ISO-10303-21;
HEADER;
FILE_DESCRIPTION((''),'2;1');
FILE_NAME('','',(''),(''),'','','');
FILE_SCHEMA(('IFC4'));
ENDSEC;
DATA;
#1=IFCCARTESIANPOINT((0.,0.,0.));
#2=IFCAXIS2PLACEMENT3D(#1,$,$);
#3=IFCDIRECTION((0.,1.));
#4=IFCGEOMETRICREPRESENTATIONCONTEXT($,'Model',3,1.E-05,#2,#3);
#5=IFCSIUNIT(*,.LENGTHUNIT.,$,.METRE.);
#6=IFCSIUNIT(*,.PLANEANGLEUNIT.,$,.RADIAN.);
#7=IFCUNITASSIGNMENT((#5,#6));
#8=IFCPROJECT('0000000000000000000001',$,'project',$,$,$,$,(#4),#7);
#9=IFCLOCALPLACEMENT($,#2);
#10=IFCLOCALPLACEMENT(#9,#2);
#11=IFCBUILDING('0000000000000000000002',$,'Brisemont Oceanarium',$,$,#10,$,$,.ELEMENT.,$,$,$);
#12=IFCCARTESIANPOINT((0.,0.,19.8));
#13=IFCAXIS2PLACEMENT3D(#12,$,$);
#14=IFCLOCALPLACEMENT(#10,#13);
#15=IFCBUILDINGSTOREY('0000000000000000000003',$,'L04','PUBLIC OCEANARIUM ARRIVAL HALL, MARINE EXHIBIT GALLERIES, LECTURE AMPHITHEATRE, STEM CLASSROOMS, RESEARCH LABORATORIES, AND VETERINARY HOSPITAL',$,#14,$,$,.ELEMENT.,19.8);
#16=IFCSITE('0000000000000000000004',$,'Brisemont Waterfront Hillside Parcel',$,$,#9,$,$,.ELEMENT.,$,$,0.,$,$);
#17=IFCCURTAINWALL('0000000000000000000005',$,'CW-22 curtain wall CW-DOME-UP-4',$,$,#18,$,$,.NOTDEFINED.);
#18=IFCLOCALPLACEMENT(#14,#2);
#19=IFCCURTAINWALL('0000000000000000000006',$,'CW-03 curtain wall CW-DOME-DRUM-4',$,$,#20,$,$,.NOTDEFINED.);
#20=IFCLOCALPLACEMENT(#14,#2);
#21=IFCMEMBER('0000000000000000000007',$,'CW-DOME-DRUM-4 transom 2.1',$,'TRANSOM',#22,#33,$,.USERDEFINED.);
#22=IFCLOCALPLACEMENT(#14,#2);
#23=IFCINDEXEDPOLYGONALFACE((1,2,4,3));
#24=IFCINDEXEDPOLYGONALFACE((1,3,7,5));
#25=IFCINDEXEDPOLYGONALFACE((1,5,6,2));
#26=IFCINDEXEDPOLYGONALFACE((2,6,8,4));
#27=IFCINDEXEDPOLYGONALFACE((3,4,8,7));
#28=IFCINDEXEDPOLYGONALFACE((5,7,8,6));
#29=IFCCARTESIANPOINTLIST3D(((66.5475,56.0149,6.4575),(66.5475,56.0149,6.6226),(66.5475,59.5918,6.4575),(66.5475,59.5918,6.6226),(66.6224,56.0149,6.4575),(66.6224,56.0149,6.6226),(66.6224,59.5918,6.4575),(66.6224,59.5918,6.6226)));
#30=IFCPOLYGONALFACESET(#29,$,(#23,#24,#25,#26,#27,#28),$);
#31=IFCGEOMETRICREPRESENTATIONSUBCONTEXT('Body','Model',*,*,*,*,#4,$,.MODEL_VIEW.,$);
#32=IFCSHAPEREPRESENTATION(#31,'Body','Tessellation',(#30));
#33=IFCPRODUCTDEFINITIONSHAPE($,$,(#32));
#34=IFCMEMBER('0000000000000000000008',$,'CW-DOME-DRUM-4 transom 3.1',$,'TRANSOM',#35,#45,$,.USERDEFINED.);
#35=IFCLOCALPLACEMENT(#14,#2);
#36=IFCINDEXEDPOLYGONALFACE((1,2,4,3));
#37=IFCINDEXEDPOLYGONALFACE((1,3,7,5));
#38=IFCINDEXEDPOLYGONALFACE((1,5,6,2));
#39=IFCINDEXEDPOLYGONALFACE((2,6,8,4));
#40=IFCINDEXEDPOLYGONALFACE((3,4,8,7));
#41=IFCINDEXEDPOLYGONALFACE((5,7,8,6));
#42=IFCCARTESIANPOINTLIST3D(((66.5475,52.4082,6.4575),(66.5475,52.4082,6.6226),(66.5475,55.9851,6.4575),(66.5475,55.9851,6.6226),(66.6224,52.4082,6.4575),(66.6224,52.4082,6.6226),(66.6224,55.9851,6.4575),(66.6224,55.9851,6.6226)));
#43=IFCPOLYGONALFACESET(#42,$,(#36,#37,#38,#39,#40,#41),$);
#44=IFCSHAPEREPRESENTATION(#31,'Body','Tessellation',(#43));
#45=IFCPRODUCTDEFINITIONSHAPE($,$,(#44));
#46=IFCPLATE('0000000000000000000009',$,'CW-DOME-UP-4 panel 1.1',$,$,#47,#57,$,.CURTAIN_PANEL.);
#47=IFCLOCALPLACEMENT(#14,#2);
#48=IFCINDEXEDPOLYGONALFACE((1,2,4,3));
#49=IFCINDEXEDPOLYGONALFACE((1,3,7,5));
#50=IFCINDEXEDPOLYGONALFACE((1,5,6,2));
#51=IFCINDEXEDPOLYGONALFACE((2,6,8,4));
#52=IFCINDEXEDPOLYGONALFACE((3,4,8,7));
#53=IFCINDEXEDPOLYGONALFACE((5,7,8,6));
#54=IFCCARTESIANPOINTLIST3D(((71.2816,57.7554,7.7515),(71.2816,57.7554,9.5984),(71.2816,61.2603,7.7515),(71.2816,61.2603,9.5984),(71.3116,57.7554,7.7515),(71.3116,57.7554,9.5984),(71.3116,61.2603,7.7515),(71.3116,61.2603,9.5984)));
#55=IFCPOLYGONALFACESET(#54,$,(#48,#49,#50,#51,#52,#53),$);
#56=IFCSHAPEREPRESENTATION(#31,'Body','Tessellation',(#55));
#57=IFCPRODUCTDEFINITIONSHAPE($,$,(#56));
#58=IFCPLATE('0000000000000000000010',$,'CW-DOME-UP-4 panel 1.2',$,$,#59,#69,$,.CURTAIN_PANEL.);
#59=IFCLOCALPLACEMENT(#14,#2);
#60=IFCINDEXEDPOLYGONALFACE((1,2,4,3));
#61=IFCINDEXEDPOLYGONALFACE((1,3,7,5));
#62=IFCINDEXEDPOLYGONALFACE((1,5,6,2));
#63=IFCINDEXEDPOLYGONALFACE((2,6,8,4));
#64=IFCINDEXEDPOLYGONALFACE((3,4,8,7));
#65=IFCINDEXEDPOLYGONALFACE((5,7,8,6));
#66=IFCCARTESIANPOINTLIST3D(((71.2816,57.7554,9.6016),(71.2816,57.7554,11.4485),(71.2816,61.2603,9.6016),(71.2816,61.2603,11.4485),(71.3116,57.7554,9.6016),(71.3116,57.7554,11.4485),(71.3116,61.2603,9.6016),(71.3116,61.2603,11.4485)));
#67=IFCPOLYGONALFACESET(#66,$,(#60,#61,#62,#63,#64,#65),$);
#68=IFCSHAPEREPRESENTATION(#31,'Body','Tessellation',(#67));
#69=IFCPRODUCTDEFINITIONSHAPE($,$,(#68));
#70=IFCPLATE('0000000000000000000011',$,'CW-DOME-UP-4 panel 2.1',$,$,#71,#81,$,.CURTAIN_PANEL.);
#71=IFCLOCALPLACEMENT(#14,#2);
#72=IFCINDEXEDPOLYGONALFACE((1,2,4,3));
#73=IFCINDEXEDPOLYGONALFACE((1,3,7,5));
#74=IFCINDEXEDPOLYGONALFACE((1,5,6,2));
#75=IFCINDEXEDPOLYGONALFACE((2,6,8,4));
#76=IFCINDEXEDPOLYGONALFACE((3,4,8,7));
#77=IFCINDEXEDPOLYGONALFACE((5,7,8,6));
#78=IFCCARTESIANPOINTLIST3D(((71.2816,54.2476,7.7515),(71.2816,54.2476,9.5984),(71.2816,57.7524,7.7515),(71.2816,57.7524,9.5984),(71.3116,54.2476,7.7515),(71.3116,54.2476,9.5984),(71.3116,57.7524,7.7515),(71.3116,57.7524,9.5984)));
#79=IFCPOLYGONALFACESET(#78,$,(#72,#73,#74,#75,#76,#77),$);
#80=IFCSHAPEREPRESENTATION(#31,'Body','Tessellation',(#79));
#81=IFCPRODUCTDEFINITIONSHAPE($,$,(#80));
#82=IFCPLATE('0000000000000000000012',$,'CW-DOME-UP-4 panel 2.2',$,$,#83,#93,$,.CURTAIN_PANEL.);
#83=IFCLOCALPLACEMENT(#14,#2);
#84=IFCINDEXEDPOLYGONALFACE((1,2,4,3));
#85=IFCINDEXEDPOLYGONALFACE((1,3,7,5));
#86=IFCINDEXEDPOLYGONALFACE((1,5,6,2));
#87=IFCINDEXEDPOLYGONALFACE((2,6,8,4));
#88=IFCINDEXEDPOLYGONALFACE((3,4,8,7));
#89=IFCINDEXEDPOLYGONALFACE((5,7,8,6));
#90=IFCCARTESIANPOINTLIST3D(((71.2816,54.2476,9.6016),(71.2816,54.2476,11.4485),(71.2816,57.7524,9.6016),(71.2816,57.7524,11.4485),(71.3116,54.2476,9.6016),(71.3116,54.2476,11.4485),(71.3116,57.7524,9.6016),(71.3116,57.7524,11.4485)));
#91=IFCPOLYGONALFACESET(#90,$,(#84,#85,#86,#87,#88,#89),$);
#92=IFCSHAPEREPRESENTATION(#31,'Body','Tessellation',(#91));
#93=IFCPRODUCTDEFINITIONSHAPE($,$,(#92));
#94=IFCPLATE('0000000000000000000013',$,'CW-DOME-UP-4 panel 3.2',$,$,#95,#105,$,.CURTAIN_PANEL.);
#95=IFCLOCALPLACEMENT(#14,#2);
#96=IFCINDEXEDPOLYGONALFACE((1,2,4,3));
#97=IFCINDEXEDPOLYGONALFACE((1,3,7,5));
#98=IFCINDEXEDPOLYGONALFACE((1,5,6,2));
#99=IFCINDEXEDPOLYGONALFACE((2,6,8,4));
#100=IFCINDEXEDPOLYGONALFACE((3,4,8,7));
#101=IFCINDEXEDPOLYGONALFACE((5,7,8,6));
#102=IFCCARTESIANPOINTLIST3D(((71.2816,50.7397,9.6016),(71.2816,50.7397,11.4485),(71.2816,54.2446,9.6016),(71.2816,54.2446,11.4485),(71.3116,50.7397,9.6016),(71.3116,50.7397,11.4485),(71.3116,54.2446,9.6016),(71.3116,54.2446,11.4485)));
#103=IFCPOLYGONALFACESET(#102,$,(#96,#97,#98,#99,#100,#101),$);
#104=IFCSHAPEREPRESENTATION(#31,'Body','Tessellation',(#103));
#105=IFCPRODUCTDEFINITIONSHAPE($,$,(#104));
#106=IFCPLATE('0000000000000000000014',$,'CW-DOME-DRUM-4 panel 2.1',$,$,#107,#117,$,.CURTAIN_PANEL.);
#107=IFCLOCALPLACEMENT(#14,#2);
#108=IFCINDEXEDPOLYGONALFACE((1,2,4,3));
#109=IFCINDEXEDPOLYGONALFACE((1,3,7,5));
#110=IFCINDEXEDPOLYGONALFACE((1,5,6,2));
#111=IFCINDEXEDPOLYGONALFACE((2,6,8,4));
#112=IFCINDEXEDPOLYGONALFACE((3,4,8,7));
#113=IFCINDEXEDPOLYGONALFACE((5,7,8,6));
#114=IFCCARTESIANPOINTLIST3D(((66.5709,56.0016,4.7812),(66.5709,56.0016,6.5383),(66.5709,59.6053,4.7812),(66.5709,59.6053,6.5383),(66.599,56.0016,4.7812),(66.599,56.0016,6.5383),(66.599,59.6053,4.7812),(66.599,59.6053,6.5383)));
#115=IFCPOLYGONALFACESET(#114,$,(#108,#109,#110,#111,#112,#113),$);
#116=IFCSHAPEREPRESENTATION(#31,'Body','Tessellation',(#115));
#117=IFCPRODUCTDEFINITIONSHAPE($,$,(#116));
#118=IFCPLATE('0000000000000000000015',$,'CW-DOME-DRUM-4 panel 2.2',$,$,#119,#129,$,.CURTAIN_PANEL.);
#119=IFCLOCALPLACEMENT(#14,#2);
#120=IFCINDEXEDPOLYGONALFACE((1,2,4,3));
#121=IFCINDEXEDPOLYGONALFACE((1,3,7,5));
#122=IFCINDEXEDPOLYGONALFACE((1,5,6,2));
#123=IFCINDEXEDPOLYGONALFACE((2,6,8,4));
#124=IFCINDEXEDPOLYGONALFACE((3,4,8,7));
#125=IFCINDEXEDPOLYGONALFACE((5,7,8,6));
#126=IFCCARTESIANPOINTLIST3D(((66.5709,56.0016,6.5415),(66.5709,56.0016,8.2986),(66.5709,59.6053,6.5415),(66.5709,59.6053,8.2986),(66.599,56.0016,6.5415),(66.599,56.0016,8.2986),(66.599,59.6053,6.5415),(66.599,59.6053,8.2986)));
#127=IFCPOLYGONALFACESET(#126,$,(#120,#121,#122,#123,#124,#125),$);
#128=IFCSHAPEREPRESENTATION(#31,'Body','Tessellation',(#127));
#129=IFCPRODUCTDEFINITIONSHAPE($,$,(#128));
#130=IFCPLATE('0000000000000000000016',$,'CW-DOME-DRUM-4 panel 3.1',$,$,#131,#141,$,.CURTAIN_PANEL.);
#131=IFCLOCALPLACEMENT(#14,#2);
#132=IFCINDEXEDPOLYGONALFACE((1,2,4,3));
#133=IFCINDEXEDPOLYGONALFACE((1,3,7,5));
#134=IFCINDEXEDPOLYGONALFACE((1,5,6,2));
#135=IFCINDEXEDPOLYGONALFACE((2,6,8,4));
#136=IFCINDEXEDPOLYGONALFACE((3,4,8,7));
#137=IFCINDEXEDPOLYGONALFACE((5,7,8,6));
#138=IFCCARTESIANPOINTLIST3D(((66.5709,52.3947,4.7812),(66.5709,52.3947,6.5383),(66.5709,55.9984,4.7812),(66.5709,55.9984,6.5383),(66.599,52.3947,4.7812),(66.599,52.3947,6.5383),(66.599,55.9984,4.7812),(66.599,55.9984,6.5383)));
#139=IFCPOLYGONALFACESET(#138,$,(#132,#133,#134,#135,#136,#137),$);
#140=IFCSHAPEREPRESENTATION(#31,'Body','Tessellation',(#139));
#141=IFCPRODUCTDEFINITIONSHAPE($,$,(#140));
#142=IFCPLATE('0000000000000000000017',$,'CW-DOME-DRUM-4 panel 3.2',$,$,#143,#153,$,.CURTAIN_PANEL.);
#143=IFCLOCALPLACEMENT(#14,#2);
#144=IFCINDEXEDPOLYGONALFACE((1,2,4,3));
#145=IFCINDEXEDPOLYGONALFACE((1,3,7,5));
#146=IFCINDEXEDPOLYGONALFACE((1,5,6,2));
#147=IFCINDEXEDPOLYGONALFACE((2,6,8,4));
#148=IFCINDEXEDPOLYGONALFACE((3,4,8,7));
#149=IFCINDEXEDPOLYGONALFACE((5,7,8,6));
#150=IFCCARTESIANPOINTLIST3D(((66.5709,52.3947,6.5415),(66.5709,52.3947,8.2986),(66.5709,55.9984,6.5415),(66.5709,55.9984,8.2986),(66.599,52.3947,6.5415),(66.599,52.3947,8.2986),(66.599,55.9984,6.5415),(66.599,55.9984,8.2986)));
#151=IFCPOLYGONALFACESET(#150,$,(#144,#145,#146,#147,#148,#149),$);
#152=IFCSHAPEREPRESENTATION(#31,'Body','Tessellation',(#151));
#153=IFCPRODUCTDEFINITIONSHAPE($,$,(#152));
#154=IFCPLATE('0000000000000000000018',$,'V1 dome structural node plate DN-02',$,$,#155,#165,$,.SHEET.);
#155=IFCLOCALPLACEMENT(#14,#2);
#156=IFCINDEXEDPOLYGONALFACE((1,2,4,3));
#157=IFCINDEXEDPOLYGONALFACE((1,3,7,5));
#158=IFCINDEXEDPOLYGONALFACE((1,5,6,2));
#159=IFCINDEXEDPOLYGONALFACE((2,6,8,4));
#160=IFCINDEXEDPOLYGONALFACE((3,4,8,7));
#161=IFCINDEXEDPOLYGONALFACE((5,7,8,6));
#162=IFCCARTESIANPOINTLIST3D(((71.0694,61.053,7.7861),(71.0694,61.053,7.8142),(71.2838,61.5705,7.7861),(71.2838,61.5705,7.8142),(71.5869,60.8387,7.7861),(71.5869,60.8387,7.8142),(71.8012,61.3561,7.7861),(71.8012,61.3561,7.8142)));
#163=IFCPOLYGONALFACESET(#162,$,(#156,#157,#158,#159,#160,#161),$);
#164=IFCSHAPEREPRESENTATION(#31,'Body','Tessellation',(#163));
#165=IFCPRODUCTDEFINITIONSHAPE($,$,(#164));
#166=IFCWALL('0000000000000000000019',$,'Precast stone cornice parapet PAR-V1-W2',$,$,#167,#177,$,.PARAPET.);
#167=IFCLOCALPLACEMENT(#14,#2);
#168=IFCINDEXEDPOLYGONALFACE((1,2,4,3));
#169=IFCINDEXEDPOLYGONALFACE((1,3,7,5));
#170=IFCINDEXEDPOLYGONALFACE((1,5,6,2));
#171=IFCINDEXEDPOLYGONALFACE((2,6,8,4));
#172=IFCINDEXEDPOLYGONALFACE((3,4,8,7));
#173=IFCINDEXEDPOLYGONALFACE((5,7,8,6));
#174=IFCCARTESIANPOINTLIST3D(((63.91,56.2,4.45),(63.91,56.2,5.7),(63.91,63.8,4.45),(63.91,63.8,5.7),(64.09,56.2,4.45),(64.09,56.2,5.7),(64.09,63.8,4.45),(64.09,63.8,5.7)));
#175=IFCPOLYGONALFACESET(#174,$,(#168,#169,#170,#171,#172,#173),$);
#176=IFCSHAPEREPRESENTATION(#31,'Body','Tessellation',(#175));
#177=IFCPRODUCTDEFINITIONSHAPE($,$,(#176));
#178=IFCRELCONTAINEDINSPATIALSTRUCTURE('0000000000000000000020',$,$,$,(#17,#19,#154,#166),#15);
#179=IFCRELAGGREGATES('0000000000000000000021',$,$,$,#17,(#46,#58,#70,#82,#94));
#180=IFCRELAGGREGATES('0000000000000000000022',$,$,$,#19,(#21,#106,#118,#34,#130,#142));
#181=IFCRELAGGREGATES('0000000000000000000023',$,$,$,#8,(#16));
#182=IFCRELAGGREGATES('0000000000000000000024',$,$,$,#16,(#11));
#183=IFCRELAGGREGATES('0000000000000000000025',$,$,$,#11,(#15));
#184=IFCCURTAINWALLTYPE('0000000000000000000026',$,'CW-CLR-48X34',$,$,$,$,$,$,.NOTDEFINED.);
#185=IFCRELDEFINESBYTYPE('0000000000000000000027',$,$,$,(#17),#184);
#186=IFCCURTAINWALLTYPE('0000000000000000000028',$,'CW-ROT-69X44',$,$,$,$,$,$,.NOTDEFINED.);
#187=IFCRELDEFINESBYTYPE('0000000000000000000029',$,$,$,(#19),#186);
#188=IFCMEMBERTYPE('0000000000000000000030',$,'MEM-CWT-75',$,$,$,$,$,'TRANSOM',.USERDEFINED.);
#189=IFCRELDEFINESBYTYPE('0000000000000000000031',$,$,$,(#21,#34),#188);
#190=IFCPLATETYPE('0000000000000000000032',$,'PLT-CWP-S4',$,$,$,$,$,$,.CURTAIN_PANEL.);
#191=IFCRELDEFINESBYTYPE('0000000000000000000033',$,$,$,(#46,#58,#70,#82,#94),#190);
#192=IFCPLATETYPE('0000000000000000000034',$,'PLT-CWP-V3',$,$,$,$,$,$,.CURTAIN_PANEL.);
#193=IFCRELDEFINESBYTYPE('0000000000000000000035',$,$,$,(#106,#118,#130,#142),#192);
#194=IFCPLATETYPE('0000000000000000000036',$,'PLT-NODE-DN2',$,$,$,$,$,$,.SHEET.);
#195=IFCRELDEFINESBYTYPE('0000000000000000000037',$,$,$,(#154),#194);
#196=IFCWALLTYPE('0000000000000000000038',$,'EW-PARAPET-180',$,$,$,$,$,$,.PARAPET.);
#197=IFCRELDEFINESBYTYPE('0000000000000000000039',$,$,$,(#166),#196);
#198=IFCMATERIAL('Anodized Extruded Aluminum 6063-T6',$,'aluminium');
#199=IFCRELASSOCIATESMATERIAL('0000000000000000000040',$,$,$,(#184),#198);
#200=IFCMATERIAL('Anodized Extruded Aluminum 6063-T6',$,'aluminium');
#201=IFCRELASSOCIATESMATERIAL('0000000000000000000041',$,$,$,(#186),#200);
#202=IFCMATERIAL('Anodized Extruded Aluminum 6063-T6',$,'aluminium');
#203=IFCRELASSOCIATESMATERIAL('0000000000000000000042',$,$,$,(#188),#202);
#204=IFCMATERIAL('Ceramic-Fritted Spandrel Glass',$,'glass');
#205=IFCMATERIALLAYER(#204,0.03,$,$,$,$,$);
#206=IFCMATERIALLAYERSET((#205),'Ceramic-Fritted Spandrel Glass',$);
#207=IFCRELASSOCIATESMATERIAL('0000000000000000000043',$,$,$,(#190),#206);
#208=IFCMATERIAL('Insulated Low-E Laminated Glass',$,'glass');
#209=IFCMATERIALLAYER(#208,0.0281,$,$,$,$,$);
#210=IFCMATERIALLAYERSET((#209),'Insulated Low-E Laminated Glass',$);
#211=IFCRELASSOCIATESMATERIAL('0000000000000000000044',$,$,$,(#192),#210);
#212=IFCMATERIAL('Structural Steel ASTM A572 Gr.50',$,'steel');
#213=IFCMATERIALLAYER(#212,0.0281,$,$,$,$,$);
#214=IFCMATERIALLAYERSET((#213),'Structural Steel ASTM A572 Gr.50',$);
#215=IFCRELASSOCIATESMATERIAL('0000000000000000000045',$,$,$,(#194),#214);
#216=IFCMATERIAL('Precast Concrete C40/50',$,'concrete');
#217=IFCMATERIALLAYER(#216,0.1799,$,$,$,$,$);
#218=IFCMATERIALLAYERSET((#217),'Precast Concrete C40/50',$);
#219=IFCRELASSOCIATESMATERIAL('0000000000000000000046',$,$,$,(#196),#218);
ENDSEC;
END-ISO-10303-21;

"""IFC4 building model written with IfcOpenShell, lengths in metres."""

from ifc_helpers import new_model, si_unit, direction, frame, frame_2d, origin, origin_2d, place, context, subcontext, project, spatial, rectangle, extrude, material, layer, layer_set, material_profile, profile_set, type_object, element, aggregate, save


model = new_model("IFC4")

# Units and contexts
model_context = context("Model", 3, precision=1e-05, world=origin(), true_north=direction((0.0, 1.0)))
body_context = subcontext(model_context, "Body", "Model", "MODEL_VIEW")
ifc_project = project(units=[si_unit("LENGTHUNIT", "METRE"), si_unit("PLANEANGLEUNIT", "RADIAN")], contexts=[model_context])

# Site, building, storey
site_placement = place(None, origin())
site = spatial("IfcSite", under=ifc_project, at=site_placement, Name="Brisemont Waterfront Hillside Parcel", CompositionType="ELEMENT", RefElevation=0.0)
building_placement = place(site_placement, origin())
building = spatial("IfcBuilding", under=site, at=building_placement, Name="Brisemont Oceanarium", CompositionType="ELEMENT")
storey_placement = place(building_placement, frame((0.0, 0.0, 19.8)))
storey = spatial("IfcBuildingStorey", under=building, at=storey_placement, Name="L04", Description="PUBLIC OCEANARIUM ARRIVAL HALL, MARINE EXHIBIT GALLERIES, LECTURE AMPHITHEATRE, STEM CLASSROOMS, RESEARCH LABORATORIES, AND VETERINARY HOSPITAL", CompositionType="ELEMENT", Elevation=19.8)

# Curtain walls
ifc_material_1 = material(Name="Anodized Extruded Aluminum 6063-T6", Category="aluminium")
curtain_wall_type_1 = type_object("IfcCurtainWallType", Name="CW-CLR-48X34", PredefinedType="NOTDEFINED", material=ifc_material_1)
curtain_wall_1_placement = place(storey_placement, origin())
curtain_wall_1 = element("IfcCurtainWall", 1, at=curtain_wall_1_placement, inside=storey, type_object=curtain_wall_type_1, Name="CW-22 curtain wall CW-DOME-UP-4", PredefinedType="NOTDEFINED")
ifc_material_2 = material(Name="Anodized Extruded Aluminum 6063-T6", Category="aluminium")
curtain_wall_type_2 = type_object("IfcCurtainWallType", Name="CW-ROT-69X44", PredefinedType="NOTDEFINED", material=ifc_material_2)
curtain_wall_2_placement = place(storey_placement, origin())
curtain_wall_2 = element("IfcCurtainWall", 2, at=curtain_wall_2_placement, inside=storey, type_object=curtain_wall_type_2, Name="CW-03 curtain wall CW-DOME-DRUM-4", PredefinedType="NOTDEFINED")

# Members
ifc_material_3 = material(Name="Anodized Extruded Aluminum 6063-T6", Category="aluminium")
ifc_material_profile_1 = material_profile(ifc_material_3, rectangle(XDim=0.075, YDim=0.165, at=origin_2d()), Name="CWT-75X165")
ifc_profile_set_1 = profile_set([ifc_material_profile_1], Name="Anodized Extruded Aluminum 6063-T6")
member_type_1 = type_object("IfcMemberType", Name="MEM-CWT-75", ElementType="TRANSOM", PredefinedType="USERDEFINED", material=ifc_profile_set_1)
member_1_placement = place(storey_placement, frame((66.585, 59.5918, 6.54), z_axis=(0.0, -1.0, 0.0), x_axis=(1.0, 0.0, 0.0)))
member_1 = element("IfcMember", 3, at=member_1_placement, type_object=member_type_1, Name="CW-DOME-DRUM-4 transom 2.1", ObjectType="TRANSOM", PredefinedType="USERDEFINED", context=body_context, shape_type="SweptSolid", body=[
    extrude(rectangle(XDim=0.075, YDim=0.165, at=origin_2d()), origin(), (0.0, 0.0, 1.0), 3.5769),
])
member_2_placement = place(storey_placement, frame((66.585, 55.9851, 6.54), z_axis=(0.0, -1.0, 0.0), x_axis=(1.0, 0.0, 0.0)))
member_2 = element("IfcMember", 4, at=member_2_placement, type_object=member_type_1, Name="CW-DOME-DRUM-4 transom 3.1", ObjectType="TRANSOM", PredefinedType="USERDEFINED", context=body_context, shape_type="SweptSolid", body=[
    extrude(rectangle(XDim=0.075, YDim=0.165, at=origin_2d()), origin(), (0.0, 0.0, 1.0), 3.5769),
])

# Plates
ifc_material_4 = material(Name="Ceramic-Fritted Spandrel Glass", Category="glass")
ifc_layer_1 = layer(ifc_material_4, 0.03)
ifc_layer_set_1 = layer_set([ifc_layer_1], Name="Ceramic-Fritted Spandrel Glass")
plate_type_1 = type_object("IfcPlateType", Name="PLT-CWP-S4", PredefinedType="CURTAIN_PANEL", material=ifc_layer_set_1)
plate_1_placement = place(storey_placement, frame((71.2966, 59.5078, 7.7515), z_axis=(0.0, 0.0, 1.0), x_axis=(0.0, -1.0, 0.0)))
plate_1 = element("IfcPlate", 5, at=plate_1_placement, type_object=plate_type_1, Name="CW-DOME-UP-4 panel 1.1", PredefinedType="CURTAIN_PANEL", context=body_context, shape_type="SweptSolid", body=[
    extrude(rectangle(XDim=3.5049, YDim=0.03, at=origin_2d()), origin(), (0.0, 0.0, 1.0), 1.8469),
])
plate_2_placement = place(storey_placement, frame((71.2966, 59.5078, 9.6016), z_axis=(0.0, 0.0, 1.0), x_axis=(0.0, -1.0, 0.0)))
plate_2 = element("IfcPlate", 6, at=plate_2_placement, type_object=plate_type_1, Name="CW-DOME-UP-4 panel 1.2", PredefinedType="CURTAIN_PANEL", context=body_context, shape_type="SweptSolid", body=[
    extrude(rectangle(XDim=3.5049, YDim=0.03, at=origin_2d()), origin(), (0.0, 0.0, 1.0), 1.8469),
])
plate_3_placement = place(storey_placement, frame((71.2966, 56.0, 7.7515), z_axis=(0.0, 0.0, 1.0), x_axis=(0.0, -1.0, 0.0)))
plate_3 = element("IfcPlate", 7, at=plate_3_placement, type_object=plate_type_1, Name="CW-DOME-UP-4 panel 2.1", PredefinedType="CURTAIN_PANEL", context=body_context, shape_type="SweptSolid", body=[
    extrude(rectangle(XDim=3.5049, YDim=0.03, at=origin_2d()), origin(), (0.0, 0.0, 1.0), 1.8469),
])
plate_4_placement = place(storey_placement, frame((71.2966, 56.0, 9.6016), z_axis=(0.0, 0.0, 1.0), x_axis=(0.0, -1.0, 0.0)))
plate_4 = element("IfcPlate", 8, at=plate_4_placement, type_object=plate_type_1, Name="CW-DOME-UP-4 panel 2.2", PredefinedType="CURTAIN_PANEL", context=body_context, shape_type="SweptSolid", body=[
    extrude(rectangle(XDim=3.5049, YDim=0.03, at=origin_2d()), origin(), (0.0, 0.0, 1.0), 1.8469),
])
plate_5_placement = place(storey_placement, frame((71.2966, 52.4922, 9.6016), z_axis=(0.0, 0.0, 1.0), x_axis=(0.0, -1.0, 0.0)))
plate_5 = element("IfcPlate", 9, at=plate_5_placement, type_object=plate_type_1, Name="CW-DOME-UP-4 panel 3.2", PredefinedType="CURTAIN_PANEL", context=body_context, shape_type="SweptSolid", body=[
    extrude(rectangle(XDim=3.5049, YDim=0.03, at=origin_2d()), origin(), (0.0, 0.0, 1.0), 1.8469),
])
aggregate(curtain_wall_1, [plate_1, plate_2, plate_3, plate_4, plate_5])
ifc_material_5 = material(Name="Insulated Low-E Laminated Glass", Category="glass")
ifc_layer_2 = layer(ifc_material_5, 0.0281)
ifc_layer_set_2 = layer_set([ifc_layer_2], Name="Insulated Low-E Laminated Glass")
plate_type_2 = type_object("IfcPlateType", Name="PLT-CWP-V3", PredefinedType="CURTAIN_PANEL", material=ifc_layer_set_2)
plate_6_placement = place(storey_placement, frame((66.585, 57.8035, 4.7812), z_axis=(0.0, 0.0, 1.0), x_axis=(0.0, -1.0, 0.0)))
plate_6 = element("IfcPlate", 10, at=plate_6_placement, type_object=plate_type_2, Name="CW-DOME-DRUM-4 panel 2.1", PredefinedType="CURTAIN_PANEL", context=body_context, shape_type="SweptSolid", body=[
    extrude(rectangle(XDim=3.6038, YDim=0.0281, at=origin_2d()), origin(), (0.0, 0.0, 1.0), 1.7571),
])
plate_7_placement = place(storey_placement, frame((66.585, 57.8035, 6.5415), z_axis=(0.0, 0.0, 1.0), x_axis=(0.0, -1.0, 0.0)))
plate_7 = element("IfcPlate", 11, at=plate_7_placement, type_object=plate_type_2, Name="CW-DOME-DRUM-4 panel 2.2", PredefinedType="CURTAIN_PANEL", context=body_context, shape_type="SweptSolid", body=[
    extrude(rectangle(XDim=3.6038, YDim=0.0281, at=origin_2d()), origin(), (0.0, 0.0, 1.0), 1.7571),
])
plate_8_placement = place(storey_placement, frame((66.585, 54.1965, 4.7812), z_axis=(0.0, 0.0, 1.0), x_axis=(0.0, -1.0, 0.0)))
plate_8 = element("IfcPlate", 12, at=plate_8_placement, type_object=plate_type_2, Name="CW-DOME-DRUM-4 panel 3.1", PredefinedType="CURTAIN_PANEL", context=body_context, shape_type="SweptSolid", body=[
    extrude(rectangle(XDim=3.6038, YDim=0.0281, at=origin_2d()), origin(), (0.0, 0.0, 1.0), 1.7571),
])
plate_9_placement = place(storey_placement, frame((66.585, 54.1965, 6.5415), z_axis=(0.0, 0.0, 1.0), x_axis=(0.0, -1.0, 0.0)))
plate_9 = element("IfcPlate", 13, at=plate_9_placement, type_object=plate_type_2, Name="CW-DOME-DRUM-4 panel 3.2", PredefinedType="CURTAIN_PANEL", context=body_context, shape_type="SweptSolid", body=[
    extrude(rectangle(XDim=3.6038, YDim=0.0281, at=origin_2d()), origin(), (0.0, 0.0, 1.0), 1.7571),
])
aggregate(curtain_wall_2, [member_1, plate_6, plate_7, member_2, plate_8, plate_9])
ifc_material_6 = material(Name="Structural Steel ASTM A572 Gr.50", Category="steel")
ifc_layer_3 = layer(ifc_material_6, 0.0281)
ifc_layer_set_3 = layer_set([ifc_layer_3], Name="Structural Steel ASTM A572 Gr.50")
plate_type_3 = type_object("IfcPlateType", Name="PLT-NODE-DN2", PredefinedType="SHEET", material=ifc_layer_set_3)
plate_10_placement = place(storey_placement, frame((71.4353, 61.2046, 7.7861), z_axis=(0.0, 0.0, 1.0), x_axis=(-0.92388, 0.382683, 0.0)))
element("IfcPlate", 14, at=plate_10_placement, inside=storey, type_object=plate_type_3, Name="V1 dome structural node plate DN-02", PredefinedType="SHEET", context=body_context, shape_type="SweptSolid", body=[
    extrude(rectangle(XDim=0.5601, YDim=0.5601, at=origin_2d()), origin(), (0.0, 0.0, 1.0), 0.0281),
])

# Wall
ifc_material_7 = material(Name="Precast Concrete C40/50", Category="concrete")
ifc_layer_4 = layer(ifc_material_7, 0.1799)
ifc_layer_set_4 = layer_set([ifc_layer_4], Name="Precast Concrete C40/50")
wall_type = type_object("IfcWallType", Name="EW-PARAPET-180", PredefinedType="PARAPET", material=ifc_layer_set_4)
wall_placement = place(storey_placement, frame((64.0, 56.2, 4.45), z_axis=(0.0, 0.0, 1.0), x_axis=(0.0, 1.0, 0.0)))
element("IfcWall", 15, at=wall_placement, inside=storey, type_object=wall_type, Name="Precast stone cornice parapet PAR-V1-W2", PredefinedType="PARAPET", context=body_context, shape_type="SweptSolid", body=[
    extrude(rectangle(XDim=7.6001, YDim=0.1799, at=frame_2d((3.8, 0.0))), origin(), (0.0, 0.0, 1.0), 1.25),
])

save(model, "model.ifc")
